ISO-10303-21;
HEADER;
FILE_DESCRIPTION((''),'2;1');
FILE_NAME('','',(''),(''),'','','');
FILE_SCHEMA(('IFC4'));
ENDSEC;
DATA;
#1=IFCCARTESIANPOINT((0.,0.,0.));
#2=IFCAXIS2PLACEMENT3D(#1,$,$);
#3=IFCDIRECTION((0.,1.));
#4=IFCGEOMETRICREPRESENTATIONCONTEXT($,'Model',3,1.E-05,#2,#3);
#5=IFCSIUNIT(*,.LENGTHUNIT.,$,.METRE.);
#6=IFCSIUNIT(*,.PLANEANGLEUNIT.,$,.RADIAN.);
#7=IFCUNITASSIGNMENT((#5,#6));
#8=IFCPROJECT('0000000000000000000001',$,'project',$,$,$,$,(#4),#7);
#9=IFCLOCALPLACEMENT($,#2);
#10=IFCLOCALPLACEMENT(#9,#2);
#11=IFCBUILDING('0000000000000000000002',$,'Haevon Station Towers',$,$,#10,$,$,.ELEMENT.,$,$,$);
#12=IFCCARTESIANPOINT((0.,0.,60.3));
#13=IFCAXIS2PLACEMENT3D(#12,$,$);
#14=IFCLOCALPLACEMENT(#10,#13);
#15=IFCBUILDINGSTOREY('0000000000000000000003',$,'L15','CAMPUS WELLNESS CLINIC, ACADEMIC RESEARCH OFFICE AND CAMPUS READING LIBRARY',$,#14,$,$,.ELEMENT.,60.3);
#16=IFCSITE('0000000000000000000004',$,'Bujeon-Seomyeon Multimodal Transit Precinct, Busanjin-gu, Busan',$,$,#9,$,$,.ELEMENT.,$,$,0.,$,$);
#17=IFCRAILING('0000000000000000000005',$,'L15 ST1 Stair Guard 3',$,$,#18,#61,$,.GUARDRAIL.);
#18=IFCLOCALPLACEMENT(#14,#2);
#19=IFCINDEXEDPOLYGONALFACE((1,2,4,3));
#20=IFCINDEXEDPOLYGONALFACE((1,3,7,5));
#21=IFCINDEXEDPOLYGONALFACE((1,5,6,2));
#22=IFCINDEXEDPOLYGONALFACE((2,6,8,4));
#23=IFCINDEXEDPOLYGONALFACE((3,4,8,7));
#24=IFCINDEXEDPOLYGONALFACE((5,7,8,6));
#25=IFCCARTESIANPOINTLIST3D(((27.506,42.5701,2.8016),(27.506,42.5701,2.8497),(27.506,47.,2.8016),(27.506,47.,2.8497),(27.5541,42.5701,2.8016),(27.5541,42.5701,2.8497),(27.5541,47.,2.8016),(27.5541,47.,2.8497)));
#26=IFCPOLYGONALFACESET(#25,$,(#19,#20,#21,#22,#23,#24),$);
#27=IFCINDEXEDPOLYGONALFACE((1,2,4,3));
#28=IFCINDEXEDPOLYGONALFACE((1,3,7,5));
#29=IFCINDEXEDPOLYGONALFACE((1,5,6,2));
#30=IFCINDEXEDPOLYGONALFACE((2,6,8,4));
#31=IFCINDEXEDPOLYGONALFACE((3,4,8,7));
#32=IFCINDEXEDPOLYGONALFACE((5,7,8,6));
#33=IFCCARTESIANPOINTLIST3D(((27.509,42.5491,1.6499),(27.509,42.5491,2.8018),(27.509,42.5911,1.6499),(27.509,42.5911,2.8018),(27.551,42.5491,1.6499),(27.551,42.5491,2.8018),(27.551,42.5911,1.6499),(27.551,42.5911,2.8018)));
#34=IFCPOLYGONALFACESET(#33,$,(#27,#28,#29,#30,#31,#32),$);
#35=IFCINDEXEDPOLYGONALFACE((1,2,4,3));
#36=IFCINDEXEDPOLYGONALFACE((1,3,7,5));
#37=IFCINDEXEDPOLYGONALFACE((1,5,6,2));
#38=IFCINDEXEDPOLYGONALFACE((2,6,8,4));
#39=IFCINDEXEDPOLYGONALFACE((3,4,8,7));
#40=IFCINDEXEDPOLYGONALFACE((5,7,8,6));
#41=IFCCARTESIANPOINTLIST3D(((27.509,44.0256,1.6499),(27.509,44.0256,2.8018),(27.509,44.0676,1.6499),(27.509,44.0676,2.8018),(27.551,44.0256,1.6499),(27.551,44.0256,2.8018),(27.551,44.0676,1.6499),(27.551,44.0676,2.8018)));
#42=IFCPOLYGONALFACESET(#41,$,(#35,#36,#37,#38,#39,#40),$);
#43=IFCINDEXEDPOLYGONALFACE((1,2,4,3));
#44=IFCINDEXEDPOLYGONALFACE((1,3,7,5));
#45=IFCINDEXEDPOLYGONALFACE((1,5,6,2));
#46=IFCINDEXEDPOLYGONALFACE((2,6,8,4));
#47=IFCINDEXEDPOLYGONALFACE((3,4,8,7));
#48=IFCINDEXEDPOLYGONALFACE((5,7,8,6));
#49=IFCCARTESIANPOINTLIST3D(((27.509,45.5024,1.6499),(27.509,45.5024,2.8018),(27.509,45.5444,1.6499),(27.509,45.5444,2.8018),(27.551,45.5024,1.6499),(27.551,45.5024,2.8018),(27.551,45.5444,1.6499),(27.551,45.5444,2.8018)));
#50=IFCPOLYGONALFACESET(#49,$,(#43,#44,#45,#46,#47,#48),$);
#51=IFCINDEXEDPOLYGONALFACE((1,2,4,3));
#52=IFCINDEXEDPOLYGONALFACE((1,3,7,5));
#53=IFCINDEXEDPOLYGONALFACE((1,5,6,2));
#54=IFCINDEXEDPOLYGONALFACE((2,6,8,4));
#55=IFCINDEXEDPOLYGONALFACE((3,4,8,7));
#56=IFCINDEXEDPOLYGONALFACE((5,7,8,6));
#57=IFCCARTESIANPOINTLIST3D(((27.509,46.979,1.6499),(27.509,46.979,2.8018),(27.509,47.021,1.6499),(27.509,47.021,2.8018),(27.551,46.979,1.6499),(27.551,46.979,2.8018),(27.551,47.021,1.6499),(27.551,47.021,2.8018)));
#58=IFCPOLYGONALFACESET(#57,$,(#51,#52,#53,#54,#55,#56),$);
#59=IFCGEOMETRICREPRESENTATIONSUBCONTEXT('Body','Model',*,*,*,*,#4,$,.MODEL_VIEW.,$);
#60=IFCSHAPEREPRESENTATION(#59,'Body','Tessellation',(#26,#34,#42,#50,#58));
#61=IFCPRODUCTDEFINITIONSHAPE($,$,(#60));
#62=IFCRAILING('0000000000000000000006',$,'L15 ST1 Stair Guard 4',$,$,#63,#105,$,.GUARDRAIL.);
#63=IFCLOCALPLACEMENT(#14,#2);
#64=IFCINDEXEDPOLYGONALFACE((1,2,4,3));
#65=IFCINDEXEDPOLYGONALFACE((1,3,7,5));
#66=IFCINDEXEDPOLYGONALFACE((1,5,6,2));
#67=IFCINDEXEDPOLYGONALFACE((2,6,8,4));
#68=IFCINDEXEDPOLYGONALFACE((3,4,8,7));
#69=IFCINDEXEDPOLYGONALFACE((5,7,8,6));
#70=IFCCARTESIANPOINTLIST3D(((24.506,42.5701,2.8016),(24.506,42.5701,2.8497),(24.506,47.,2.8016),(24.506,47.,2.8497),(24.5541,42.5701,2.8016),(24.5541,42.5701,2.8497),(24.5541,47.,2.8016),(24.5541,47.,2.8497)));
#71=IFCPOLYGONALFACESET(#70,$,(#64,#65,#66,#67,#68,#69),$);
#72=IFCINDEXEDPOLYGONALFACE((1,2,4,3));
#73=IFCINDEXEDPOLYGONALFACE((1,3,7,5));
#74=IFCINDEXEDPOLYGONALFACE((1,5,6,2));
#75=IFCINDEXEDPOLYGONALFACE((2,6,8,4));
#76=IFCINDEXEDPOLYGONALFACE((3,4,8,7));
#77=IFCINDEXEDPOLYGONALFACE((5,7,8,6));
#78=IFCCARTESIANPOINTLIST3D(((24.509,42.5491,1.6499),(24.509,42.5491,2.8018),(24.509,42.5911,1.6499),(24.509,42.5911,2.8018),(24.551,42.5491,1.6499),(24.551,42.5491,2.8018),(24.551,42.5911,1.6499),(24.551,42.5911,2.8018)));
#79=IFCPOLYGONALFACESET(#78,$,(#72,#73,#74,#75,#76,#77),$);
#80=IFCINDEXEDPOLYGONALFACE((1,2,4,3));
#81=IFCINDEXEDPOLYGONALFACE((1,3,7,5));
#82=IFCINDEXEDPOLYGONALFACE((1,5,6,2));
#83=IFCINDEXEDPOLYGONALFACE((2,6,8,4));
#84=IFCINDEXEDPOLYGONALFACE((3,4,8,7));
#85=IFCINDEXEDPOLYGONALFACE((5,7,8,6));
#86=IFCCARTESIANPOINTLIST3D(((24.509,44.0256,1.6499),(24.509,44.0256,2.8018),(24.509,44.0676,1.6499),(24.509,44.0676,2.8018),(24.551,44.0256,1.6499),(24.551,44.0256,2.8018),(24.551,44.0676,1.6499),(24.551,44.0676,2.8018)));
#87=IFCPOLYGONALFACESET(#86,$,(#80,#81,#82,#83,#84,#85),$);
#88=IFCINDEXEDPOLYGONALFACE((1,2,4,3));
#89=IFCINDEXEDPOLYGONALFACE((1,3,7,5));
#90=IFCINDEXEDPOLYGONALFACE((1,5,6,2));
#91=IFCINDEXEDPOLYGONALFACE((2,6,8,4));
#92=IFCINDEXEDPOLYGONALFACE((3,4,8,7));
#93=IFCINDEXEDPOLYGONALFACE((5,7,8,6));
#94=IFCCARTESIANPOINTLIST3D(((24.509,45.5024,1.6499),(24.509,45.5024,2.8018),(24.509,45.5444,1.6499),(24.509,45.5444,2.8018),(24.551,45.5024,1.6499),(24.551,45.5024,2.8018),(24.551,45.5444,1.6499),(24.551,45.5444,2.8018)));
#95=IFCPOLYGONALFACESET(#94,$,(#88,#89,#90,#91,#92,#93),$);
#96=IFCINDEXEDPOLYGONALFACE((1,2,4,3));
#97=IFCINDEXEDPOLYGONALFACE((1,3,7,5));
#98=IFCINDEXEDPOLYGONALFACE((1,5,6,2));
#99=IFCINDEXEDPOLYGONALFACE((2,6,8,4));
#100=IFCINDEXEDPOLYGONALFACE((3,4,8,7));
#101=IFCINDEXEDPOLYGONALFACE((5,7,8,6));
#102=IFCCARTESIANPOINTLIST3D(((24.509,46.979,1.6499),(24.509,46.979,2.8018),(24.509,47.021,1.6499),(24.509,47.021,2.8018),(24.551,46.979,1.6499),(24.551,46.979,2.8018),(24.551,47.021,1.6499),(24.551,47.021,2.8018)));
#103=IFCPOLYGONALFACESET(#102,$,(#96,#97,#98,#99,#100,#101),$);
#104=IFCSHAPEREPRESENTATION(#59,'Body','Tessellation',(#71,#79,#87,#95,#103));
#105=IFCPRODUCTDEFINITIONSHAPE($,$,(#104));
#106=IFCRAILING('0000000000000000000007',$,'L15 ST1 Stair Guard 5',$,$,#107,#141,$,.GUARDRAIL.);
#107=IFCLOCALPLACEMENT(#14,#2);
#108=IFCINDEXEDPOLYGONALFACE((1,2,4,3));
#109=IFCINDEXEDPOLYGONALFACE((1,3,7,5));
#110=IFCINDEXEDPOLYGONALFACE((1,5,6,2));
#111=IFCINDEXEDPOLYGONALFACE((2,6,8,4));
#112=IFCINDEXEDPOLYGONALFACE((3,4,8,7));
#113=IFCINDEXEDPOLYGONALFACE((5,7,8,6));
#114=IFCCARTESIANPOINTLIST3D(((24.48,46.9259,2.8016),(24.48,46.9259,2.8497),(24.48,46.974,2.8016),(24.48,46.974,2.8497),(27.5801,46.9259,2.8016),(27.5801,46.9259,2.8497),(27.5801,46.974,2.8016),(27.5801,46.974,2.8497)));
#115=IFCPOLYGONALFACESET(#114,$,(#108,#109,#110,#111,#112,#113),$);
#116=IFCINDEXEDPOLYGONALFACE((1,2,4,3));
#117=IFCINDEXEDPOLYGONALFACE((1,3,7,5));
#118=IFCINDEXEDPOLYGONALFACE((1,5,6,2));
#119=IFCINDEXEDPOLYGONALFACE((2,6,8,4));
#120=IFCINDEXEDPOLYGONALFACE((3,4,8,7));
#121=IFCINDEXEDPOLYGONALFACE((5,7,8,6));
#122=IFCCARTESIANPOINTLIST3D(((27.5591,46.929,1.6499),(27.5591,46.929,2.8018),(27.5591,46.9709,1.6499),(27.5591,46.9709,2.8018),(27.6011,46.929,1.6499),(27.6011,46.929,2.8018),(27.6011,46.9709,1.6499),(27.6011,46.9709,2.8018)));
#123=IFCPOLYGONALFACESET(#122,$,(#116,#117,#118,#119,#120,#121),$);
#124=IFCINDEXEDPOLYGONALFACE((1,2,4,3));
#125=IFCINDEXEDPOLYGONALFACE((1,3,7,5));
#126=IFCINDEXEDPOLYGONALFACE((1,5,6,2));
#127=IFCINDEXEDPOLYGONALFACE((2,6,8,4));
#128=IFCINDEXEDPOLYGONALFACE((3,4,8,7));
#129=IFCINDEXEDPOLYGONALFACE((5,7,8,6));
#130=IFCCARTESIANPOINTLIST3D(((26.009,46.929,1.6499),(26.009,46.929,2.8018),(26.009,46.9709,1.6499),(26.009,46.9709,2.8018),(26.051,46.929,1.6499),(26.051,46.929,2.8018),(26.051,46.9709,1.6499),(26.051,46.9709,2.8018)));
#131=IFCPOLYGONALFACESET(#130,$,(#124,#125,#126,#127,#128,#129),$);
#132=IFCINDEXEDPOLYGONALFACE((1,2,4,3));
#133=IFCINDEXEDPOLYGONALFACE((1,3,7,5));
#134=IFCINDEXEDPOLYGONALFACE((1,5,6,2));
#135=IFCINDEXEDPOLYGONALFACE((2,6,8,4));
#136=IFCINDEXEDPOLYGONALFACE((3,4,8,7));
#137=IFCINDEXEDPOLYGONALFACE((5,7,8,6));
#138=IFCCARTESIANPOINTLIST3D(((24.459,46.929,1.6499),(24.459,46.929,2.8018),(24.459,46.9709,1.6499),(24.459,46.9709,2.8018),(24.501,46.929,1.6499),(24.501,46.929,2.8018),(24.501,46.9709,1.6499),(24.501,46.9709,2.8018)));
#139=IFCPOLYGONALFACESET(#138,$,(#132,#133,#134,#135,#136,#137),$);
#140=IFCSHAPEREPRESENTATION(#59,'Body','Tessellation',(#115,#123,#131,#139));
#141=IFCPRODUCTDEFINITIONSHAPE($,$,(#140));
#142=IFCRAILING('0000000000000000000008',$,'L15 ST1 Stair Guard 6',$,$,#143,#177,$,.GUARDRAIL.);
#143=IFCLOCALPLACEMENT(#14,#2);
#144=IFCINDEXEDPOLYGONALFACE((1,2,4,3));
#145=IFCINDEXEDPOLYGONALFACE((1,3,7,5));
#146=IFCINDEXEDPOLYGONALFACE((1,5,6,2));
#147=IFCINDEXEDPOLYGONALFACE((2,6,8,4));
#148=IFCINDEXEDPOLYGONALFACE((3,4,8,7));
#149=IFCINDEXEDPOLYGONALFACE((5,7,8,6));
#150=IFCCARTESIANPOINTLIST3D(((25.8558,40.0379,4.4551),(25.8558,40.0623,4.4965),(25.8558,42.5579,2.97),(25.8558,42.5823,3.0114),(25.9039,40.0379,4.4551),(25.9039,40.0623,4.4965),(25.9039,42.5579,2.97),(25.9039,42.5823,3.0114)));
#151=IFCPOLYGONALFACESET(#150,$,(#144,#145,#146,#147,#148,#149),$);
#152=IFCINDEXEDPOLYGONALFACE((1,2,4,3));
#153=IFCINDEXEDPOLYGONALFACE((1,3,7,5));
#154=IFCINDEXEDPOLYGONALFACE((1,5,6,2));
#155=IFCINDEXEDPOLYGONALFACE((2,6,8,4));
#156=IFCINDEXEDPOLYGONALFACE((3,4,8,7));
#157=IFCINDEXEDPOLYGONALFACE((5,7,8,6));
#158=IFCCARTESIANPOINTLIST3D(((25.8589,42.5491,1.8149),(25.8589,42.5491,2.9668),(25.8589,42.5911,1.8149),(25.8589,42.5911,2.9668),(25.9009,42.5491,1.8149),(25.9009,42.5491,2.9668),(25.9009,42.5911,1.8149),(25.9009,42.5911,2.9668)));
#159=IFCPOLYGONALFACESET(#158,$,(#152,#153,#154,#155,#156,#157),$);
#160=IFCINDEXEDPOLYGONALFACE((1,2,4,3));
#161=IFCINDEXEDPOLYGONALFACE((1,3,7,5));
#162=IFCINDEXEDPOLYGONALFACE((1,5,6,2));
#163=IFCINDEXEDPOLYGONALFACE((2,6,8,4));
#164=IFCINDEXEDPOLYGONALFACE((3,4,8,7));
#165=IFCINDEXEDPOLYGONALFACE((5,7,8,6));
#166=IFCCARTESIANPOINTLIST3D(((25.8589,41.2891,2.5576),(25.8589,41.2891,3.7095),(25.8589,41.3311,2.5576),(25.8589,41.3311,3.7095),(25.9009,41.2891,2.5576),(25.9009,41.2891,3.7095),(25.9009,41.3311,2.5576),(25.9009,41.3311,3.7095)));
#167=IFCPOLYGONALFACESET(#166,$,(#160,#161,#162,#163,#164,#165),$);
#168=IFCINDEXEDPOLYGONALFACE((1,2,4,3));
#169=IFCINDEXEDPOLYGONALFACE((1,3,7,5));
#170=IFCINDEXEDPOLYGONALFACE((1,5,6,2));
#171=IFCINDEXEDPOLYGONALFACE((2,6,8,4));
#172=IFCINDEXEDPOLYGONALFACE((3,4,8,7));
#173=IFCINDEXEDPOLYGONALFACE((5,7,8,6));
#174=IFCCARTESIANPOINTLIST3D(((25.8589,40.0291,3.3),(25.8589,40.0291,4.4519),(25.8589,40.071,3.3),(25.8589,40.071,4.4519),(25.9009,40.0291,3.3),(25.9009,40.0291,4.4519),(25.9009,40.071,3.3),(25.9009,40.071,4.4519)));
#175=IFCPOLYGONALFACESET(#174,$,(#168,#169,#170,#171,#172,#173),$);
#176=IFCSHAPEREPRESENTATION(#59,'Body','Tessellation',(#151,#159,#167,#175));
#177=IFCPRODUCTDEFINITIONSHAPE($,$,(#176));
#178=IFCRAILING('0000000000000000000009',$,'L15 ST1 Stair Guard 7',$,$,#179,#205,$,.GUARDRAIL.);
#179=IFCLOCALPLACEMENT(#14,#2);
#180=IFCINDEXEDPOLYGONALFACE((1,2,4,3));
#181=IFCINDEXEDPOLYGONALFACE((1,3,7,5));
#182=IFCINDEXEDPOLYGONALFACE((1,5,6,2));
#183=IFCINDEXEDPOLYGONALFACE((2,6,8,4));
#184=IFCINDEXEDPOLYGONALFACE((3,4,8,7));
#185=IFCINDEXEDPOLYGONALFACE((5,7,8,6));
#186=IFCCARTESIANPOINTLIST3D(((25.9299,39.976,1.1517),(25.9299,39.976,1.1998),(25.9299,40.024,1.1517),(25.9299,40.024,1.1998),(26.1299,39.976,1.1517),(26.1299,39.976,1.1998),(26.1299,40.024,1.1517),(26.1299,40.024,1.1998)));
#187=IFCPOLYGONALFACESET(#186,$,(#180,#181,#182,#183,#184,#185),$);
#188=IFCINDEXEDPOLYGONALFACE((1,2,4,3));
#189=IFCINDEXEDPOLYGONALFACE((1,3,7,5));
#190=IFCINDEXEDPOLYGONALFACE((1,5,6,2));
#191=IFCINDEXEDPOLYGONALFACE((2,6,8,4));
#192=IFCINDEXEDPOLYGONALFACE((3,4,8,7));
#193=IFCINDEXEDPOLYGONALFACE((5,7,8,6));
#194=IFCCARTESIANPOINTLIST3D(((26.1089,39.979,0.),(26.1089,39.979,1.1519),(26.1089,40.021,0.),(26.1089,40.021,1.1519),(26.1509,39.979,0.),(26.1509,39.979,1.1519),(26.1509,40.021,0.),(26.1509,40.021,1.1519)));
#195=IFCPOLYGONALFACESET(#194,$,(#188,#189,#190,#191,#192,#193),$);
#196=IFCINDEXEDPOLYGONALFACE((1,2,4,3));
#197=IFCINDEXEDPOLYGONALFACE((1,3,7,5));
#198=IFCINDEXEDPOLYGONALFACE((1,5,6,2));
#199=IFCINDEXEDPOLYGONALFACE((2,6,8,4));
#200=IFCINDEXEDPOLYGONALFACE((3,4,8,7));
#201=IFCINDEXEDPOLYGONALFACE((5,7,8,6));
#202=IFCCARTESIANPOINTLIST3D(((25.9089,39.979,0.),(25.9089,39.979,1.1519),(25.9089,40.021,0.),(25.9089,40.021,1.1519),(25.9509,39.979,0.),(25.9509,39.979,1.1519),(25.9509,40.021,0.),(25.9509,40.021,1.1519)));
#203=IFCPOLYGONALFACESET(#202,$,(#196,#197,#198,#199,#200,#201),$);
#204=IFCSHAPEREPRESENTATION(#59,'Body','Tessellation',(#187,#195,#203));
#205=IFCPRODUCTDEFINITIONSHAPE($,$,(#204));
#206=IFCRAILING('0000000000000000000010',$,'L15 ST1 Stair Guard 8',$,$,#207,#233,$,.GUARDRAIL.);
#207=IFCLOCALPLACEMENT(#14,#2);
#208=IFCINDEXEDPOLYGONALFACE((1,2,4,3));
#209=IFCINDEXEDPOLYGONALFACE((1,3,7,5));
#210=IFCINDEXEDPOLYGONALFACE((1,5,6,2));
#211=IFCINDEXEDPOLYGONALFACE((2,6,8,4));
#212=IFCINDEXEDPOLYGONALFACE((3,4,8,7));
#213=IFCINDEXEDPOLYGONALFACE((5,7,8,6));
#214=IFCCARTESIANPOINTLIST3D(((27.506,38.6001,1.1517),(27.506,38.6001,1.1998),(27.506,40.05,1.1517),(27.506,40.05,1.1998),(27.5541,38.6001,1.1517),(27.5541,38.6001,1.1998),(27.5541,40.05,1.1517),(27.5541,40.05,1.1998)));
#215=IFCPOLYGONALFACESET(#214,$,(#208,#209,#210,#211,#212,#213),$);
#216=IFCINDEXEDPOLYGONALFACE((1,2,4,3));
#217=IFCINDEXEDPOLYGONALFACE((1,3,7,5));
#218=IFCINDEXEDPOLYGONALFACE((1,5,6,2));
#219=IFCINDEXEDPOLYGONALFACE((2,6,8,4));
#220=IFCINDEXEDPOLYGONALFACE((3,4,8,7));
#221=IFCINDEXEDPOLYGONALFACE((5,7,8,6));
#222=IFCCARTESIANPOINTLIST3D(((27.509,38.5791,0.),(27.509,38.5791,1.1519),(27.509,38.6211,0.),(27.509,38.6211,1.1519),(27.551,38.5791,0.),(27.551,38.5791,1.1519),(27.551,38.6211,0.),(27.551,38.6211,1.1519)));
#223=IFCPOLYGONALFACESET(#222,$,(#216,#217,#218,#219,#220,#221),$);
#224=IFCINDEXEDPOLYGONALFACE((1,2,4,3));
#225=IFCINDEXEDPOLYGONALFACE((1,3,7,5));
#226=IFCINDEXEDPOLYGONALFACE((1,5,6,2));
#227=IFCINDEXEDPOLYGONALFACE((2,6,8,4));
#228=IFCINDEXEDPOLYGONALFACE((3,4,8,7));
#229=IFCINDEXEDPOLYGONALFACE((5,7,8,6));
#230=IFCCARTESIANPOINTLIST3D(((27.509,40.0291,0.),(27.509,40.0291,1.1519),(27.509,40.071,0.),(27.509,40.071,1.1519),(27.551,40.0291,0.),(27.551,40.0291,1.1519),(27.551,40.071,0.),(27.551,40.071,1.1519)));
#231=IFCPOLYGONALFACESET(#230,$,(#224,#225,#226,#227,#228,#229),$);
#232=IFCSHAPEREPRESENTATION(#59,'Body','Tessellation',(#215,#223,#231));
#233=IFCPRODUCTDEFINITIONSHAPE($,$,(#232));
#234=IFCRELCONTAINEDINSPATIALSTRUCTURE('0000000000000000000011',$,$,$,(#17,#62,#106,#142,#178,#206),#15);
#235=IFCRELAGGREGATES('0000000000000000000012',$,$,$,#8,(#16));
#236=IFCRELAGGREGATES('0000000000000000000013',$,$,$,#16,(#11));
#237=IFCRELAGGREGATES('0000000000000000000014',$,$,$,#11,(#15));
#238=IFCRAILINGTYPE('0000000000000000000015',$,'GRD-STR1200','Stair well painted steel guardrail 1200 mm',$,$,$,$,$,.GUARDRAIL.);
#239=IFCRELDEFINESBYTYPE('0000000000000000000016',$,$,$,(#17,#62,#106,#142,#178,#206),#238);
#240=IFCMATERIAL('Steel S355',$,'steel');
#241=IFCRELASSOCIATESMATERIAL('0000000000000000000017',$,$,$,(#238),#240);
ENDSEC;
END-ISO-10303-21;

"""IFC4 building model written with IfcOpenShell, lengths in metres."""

from ifc_helpers import new_model, si_unit, direction, frame, origin, origin_2d, place, context, subcontext, project, spatial, rectangle, extrude, material, type_object, element, save


model = new_model("IFC4")

# Units and contexts
model_context = context("Model", 3, precision=1e-05, world=origin(), true_north=direction((0.0, 1.0)))
body_context = subcontext(model_context, "Body", "Model", "MODEL_VIEW")
ifc_project = project(units=[si_unit("LENGTHUNIT", "METRE"), si_unit("PLANEANGLEUNIT", "RADIAN")], contexts=[model_context])

# Site, building, storey
site_placement = place(None, origin())
site = spatial("IfcSite", under=ifc_project, at=site_placement, Name="Bujeon-Seomyeon Multimodal Transit Precinct, Busanjin-gu, Busan", CompositionType="ELEMENT", RefElevation=0.0)
building_placement = place(site_placement, origin())
building = spatial("IfcBuilding", under=site, at=building_placement, Name="Haevon Station Towers", CompositionType="ELEMENT")
storey_placement = place(building_placement, frame((0.0, 0.0, 60.3)))
storey = spatial("IfcBuildingStorey", under=building, at=storey_placement, Name="L15", Description="CAMPUS WELLNESS CLINIC, ACADEMIC RESEARCH OFFICE AND CAMPUS READING LIBRARY", CompositionType="ELEMENT", Elevation=60.3)

# Shared definitions
ifc_material_1 = material(Name="Steel S355", Category="steel")

# Railings
railing_type_1 = type_object("IfcRailingType", Name="GRD-STR1200", Description="Stair well painted steel guardrail 1200 mm", PredefinedType="GUARDRAIL", material=ifc_material_1)
for number, where, name in (
    (1, (27.53, 42.5701, 1.6499), "L15 ST1 Stair Guard 3"),
    (2, (24.53, 42.5701, 1.6499), "L15 ST1 Stair Guard 4"),
):
    element("IfcRailing", number, at=place(storey_placement, frame(where)), inside=storey, type_object=railing_type_1, Name=name, PredefinedType="GUARDRAIL", context=body_context, shape_type="SweptSolid", body=[
        extrude(rectangle(XDim=0.0481, YDim=0.0481, at=origin_2d()), frame((0.0, 0.0, 1.1758), z_axis=(0.0, 1.0, 0.0), x_axis=(-1.0, 0.0, 0.0)), (0.0, 0.0, 1.0), 4.4299),
        extrude(rectangle(XDim=0.042, YDim=0.042, at=origin_2d()), origin(), (0.0, 0.0, 1.0), 1.1519),
        extrude(rectangle(XDim=0.042, YDim=0.042, at=origin_2d()), frame((0.0, 1.4766, 0.0)), (0.0, 0.0, 1.0), 1.1519),
        extrude(rectangle(XDim=0.042, YDim=0.042, at=origin_2d()), frame((0.0, 2.9534, 0.0)), (0.0, 0.0, 1.0), 1.1519),
        extrude(rectangle(XDim=0.042, YDim=0.042, at=origin_2d()), frame((0.0, 4.4299, 0.0)), (0.0, 0.0, 1.0), 1.1519),
    ])
railing_1_placement = place(storey_placement, frame((27.5801, 46.95, 1.6499)))
element("IfcRailing", 3, at=railing_1_placement, inside=storey, type_object=railing_type_1, Name="L15 ST1 Stair Guard 5", PredefinedType="GUARDRAIL", context=body_context, shape_type="SweptSolid", body=[
    extrude(rectangle(XDim=0.0481, YDim=0.0481, at=origin_2d()), frame((0.0, 0.0, 1.1758), z_axis=(-1.0, 0.0, 0.0), x_axis=(0.0, -1.0, 0.0)), (0.0, 0.0, 1.0), 3.1001),
    extrude(rectangle(XDim=0.042, YDim=0.042, at=origin_2d()), origin(), (0.0, 0.0, 1.0), 1.1519),
    extrude(rectangle(XDim=0.042, YDim=0.042, at=origin_2d()), frame((-1.55, 0.0, 0.0)), (0.0, 0.0, 1.0), 1.1519),
    extrude(rectangle(XDim=0.042, YDim=0.042, at=origin_2d()), frame((-3.1001, 0.0, 0.0)), (0.0, 0.0, 1.0), 1.1519),
])
railing_2_placement = place(storey_placement, frame((25.8799, 42.5701, 1.8149)))
element("IfcRailing", 4, at=railing_2_placement, inside=storey, type_object=railing_type_1, Name="L15 ST1 Stair Guard 6", PredefinedType="GUARDRAIL", context=body_context, shape_type="SweptSolid", body=[
    extrude(rectangle(XDim=0.0481, YDim=0.0481, at=origin_2d()), frame((0.0, 0.0, 1.1758), z_axis=(0.0, -0.861524, 0.507717), x_axis=(1.0, 0.0, 0.0)), (0.0, 0.0, 1.0), 2.925),
    extrude(rectangle(XDim=0.042, YDim=0.042, at=origin_2d()), origin(), (0.0, 0.0, 1.0), 1.1519),
    extrude(rectangle(XDim=0.042, YDim=0.042, at=origin_2d()), frame((0.0, -1.26, 0.7427)), (0.0, 0.0, 1.0), 1.1519),
    extrude(rectangle(XDim=0.042, YDim=0.042, at=origin_2d()), frame((0.0, -2.52, 1.4851)), (0.0, 0.0, 1.0), 1.1519),
])
railing_3_placement = place(storey_placement, frame((26.1299, 40.0, 0.0)))
element("IfcRailing", 5, at=railing_3_placement, inside=storey, type_object=railing_type_1, Name="L15 ST1 Stair Guard 7", PredefinedType="GUARDRAIL", context=body_context, shape_type="SweptSolid", body=[
    extrude(rectangle(XDim=0.0481, YDim=0.0481, at=origin_2d()), frame((0.0, 0.0, 1.1758), z_axis=(-1.0, 0.0, 0.0), x_axis=(0.0, -1.0, 0.0)), (0.0, 0.0, 1.0), 0.2),
    extrude(rectangle(XDim=0.042, YDim=0.042, at=origin_2d()), origin(), (0.0, 0.0, 1.0), 1.1519),
    extrude(rectangle(XDim=0.042, YDim=0.042, at=origin_2d()), frame((-0.2, 0.0, 0.0)), (0.0, 0.0, 1.0), 1.1519),
])
railing_4_placement = place(storey_placement, frame((27.53, 38.6001, 0.0)))
element("IfcRailing", 6, at=railing_4_placement, inside=storey, type_object=railing_type_1, Name="L15 ST1 Stair Guard 8", PredefinedType="GUARDRAIL", context=body_context, shape_type="SweptSolid", body=[
    extrude(rectangle(XDim=0.0481, YDim=0.0481, at=origin_2d()), frame((0.0, 0.0, 1.1758), z_axis=(0.0, 1.0, 0.0), x_axis=(-1.0, 0.0, 0.0)), (0.0, 0.0, 1.0), 1.45),
    extrude(rectangle(XDim=0.042, YDim=0.042, at=origin_2d()), origin(), (0.0, 0.0, 1.0), 1.1519),
    extrude(rectangle(XDim=0.042, YDim=0.042, at=origin_2d()), frame((0.0, 1.45, 0.0)), (0.0, 0.0, 1.0), 1.1519),
])

save(model, "model.ifc")
